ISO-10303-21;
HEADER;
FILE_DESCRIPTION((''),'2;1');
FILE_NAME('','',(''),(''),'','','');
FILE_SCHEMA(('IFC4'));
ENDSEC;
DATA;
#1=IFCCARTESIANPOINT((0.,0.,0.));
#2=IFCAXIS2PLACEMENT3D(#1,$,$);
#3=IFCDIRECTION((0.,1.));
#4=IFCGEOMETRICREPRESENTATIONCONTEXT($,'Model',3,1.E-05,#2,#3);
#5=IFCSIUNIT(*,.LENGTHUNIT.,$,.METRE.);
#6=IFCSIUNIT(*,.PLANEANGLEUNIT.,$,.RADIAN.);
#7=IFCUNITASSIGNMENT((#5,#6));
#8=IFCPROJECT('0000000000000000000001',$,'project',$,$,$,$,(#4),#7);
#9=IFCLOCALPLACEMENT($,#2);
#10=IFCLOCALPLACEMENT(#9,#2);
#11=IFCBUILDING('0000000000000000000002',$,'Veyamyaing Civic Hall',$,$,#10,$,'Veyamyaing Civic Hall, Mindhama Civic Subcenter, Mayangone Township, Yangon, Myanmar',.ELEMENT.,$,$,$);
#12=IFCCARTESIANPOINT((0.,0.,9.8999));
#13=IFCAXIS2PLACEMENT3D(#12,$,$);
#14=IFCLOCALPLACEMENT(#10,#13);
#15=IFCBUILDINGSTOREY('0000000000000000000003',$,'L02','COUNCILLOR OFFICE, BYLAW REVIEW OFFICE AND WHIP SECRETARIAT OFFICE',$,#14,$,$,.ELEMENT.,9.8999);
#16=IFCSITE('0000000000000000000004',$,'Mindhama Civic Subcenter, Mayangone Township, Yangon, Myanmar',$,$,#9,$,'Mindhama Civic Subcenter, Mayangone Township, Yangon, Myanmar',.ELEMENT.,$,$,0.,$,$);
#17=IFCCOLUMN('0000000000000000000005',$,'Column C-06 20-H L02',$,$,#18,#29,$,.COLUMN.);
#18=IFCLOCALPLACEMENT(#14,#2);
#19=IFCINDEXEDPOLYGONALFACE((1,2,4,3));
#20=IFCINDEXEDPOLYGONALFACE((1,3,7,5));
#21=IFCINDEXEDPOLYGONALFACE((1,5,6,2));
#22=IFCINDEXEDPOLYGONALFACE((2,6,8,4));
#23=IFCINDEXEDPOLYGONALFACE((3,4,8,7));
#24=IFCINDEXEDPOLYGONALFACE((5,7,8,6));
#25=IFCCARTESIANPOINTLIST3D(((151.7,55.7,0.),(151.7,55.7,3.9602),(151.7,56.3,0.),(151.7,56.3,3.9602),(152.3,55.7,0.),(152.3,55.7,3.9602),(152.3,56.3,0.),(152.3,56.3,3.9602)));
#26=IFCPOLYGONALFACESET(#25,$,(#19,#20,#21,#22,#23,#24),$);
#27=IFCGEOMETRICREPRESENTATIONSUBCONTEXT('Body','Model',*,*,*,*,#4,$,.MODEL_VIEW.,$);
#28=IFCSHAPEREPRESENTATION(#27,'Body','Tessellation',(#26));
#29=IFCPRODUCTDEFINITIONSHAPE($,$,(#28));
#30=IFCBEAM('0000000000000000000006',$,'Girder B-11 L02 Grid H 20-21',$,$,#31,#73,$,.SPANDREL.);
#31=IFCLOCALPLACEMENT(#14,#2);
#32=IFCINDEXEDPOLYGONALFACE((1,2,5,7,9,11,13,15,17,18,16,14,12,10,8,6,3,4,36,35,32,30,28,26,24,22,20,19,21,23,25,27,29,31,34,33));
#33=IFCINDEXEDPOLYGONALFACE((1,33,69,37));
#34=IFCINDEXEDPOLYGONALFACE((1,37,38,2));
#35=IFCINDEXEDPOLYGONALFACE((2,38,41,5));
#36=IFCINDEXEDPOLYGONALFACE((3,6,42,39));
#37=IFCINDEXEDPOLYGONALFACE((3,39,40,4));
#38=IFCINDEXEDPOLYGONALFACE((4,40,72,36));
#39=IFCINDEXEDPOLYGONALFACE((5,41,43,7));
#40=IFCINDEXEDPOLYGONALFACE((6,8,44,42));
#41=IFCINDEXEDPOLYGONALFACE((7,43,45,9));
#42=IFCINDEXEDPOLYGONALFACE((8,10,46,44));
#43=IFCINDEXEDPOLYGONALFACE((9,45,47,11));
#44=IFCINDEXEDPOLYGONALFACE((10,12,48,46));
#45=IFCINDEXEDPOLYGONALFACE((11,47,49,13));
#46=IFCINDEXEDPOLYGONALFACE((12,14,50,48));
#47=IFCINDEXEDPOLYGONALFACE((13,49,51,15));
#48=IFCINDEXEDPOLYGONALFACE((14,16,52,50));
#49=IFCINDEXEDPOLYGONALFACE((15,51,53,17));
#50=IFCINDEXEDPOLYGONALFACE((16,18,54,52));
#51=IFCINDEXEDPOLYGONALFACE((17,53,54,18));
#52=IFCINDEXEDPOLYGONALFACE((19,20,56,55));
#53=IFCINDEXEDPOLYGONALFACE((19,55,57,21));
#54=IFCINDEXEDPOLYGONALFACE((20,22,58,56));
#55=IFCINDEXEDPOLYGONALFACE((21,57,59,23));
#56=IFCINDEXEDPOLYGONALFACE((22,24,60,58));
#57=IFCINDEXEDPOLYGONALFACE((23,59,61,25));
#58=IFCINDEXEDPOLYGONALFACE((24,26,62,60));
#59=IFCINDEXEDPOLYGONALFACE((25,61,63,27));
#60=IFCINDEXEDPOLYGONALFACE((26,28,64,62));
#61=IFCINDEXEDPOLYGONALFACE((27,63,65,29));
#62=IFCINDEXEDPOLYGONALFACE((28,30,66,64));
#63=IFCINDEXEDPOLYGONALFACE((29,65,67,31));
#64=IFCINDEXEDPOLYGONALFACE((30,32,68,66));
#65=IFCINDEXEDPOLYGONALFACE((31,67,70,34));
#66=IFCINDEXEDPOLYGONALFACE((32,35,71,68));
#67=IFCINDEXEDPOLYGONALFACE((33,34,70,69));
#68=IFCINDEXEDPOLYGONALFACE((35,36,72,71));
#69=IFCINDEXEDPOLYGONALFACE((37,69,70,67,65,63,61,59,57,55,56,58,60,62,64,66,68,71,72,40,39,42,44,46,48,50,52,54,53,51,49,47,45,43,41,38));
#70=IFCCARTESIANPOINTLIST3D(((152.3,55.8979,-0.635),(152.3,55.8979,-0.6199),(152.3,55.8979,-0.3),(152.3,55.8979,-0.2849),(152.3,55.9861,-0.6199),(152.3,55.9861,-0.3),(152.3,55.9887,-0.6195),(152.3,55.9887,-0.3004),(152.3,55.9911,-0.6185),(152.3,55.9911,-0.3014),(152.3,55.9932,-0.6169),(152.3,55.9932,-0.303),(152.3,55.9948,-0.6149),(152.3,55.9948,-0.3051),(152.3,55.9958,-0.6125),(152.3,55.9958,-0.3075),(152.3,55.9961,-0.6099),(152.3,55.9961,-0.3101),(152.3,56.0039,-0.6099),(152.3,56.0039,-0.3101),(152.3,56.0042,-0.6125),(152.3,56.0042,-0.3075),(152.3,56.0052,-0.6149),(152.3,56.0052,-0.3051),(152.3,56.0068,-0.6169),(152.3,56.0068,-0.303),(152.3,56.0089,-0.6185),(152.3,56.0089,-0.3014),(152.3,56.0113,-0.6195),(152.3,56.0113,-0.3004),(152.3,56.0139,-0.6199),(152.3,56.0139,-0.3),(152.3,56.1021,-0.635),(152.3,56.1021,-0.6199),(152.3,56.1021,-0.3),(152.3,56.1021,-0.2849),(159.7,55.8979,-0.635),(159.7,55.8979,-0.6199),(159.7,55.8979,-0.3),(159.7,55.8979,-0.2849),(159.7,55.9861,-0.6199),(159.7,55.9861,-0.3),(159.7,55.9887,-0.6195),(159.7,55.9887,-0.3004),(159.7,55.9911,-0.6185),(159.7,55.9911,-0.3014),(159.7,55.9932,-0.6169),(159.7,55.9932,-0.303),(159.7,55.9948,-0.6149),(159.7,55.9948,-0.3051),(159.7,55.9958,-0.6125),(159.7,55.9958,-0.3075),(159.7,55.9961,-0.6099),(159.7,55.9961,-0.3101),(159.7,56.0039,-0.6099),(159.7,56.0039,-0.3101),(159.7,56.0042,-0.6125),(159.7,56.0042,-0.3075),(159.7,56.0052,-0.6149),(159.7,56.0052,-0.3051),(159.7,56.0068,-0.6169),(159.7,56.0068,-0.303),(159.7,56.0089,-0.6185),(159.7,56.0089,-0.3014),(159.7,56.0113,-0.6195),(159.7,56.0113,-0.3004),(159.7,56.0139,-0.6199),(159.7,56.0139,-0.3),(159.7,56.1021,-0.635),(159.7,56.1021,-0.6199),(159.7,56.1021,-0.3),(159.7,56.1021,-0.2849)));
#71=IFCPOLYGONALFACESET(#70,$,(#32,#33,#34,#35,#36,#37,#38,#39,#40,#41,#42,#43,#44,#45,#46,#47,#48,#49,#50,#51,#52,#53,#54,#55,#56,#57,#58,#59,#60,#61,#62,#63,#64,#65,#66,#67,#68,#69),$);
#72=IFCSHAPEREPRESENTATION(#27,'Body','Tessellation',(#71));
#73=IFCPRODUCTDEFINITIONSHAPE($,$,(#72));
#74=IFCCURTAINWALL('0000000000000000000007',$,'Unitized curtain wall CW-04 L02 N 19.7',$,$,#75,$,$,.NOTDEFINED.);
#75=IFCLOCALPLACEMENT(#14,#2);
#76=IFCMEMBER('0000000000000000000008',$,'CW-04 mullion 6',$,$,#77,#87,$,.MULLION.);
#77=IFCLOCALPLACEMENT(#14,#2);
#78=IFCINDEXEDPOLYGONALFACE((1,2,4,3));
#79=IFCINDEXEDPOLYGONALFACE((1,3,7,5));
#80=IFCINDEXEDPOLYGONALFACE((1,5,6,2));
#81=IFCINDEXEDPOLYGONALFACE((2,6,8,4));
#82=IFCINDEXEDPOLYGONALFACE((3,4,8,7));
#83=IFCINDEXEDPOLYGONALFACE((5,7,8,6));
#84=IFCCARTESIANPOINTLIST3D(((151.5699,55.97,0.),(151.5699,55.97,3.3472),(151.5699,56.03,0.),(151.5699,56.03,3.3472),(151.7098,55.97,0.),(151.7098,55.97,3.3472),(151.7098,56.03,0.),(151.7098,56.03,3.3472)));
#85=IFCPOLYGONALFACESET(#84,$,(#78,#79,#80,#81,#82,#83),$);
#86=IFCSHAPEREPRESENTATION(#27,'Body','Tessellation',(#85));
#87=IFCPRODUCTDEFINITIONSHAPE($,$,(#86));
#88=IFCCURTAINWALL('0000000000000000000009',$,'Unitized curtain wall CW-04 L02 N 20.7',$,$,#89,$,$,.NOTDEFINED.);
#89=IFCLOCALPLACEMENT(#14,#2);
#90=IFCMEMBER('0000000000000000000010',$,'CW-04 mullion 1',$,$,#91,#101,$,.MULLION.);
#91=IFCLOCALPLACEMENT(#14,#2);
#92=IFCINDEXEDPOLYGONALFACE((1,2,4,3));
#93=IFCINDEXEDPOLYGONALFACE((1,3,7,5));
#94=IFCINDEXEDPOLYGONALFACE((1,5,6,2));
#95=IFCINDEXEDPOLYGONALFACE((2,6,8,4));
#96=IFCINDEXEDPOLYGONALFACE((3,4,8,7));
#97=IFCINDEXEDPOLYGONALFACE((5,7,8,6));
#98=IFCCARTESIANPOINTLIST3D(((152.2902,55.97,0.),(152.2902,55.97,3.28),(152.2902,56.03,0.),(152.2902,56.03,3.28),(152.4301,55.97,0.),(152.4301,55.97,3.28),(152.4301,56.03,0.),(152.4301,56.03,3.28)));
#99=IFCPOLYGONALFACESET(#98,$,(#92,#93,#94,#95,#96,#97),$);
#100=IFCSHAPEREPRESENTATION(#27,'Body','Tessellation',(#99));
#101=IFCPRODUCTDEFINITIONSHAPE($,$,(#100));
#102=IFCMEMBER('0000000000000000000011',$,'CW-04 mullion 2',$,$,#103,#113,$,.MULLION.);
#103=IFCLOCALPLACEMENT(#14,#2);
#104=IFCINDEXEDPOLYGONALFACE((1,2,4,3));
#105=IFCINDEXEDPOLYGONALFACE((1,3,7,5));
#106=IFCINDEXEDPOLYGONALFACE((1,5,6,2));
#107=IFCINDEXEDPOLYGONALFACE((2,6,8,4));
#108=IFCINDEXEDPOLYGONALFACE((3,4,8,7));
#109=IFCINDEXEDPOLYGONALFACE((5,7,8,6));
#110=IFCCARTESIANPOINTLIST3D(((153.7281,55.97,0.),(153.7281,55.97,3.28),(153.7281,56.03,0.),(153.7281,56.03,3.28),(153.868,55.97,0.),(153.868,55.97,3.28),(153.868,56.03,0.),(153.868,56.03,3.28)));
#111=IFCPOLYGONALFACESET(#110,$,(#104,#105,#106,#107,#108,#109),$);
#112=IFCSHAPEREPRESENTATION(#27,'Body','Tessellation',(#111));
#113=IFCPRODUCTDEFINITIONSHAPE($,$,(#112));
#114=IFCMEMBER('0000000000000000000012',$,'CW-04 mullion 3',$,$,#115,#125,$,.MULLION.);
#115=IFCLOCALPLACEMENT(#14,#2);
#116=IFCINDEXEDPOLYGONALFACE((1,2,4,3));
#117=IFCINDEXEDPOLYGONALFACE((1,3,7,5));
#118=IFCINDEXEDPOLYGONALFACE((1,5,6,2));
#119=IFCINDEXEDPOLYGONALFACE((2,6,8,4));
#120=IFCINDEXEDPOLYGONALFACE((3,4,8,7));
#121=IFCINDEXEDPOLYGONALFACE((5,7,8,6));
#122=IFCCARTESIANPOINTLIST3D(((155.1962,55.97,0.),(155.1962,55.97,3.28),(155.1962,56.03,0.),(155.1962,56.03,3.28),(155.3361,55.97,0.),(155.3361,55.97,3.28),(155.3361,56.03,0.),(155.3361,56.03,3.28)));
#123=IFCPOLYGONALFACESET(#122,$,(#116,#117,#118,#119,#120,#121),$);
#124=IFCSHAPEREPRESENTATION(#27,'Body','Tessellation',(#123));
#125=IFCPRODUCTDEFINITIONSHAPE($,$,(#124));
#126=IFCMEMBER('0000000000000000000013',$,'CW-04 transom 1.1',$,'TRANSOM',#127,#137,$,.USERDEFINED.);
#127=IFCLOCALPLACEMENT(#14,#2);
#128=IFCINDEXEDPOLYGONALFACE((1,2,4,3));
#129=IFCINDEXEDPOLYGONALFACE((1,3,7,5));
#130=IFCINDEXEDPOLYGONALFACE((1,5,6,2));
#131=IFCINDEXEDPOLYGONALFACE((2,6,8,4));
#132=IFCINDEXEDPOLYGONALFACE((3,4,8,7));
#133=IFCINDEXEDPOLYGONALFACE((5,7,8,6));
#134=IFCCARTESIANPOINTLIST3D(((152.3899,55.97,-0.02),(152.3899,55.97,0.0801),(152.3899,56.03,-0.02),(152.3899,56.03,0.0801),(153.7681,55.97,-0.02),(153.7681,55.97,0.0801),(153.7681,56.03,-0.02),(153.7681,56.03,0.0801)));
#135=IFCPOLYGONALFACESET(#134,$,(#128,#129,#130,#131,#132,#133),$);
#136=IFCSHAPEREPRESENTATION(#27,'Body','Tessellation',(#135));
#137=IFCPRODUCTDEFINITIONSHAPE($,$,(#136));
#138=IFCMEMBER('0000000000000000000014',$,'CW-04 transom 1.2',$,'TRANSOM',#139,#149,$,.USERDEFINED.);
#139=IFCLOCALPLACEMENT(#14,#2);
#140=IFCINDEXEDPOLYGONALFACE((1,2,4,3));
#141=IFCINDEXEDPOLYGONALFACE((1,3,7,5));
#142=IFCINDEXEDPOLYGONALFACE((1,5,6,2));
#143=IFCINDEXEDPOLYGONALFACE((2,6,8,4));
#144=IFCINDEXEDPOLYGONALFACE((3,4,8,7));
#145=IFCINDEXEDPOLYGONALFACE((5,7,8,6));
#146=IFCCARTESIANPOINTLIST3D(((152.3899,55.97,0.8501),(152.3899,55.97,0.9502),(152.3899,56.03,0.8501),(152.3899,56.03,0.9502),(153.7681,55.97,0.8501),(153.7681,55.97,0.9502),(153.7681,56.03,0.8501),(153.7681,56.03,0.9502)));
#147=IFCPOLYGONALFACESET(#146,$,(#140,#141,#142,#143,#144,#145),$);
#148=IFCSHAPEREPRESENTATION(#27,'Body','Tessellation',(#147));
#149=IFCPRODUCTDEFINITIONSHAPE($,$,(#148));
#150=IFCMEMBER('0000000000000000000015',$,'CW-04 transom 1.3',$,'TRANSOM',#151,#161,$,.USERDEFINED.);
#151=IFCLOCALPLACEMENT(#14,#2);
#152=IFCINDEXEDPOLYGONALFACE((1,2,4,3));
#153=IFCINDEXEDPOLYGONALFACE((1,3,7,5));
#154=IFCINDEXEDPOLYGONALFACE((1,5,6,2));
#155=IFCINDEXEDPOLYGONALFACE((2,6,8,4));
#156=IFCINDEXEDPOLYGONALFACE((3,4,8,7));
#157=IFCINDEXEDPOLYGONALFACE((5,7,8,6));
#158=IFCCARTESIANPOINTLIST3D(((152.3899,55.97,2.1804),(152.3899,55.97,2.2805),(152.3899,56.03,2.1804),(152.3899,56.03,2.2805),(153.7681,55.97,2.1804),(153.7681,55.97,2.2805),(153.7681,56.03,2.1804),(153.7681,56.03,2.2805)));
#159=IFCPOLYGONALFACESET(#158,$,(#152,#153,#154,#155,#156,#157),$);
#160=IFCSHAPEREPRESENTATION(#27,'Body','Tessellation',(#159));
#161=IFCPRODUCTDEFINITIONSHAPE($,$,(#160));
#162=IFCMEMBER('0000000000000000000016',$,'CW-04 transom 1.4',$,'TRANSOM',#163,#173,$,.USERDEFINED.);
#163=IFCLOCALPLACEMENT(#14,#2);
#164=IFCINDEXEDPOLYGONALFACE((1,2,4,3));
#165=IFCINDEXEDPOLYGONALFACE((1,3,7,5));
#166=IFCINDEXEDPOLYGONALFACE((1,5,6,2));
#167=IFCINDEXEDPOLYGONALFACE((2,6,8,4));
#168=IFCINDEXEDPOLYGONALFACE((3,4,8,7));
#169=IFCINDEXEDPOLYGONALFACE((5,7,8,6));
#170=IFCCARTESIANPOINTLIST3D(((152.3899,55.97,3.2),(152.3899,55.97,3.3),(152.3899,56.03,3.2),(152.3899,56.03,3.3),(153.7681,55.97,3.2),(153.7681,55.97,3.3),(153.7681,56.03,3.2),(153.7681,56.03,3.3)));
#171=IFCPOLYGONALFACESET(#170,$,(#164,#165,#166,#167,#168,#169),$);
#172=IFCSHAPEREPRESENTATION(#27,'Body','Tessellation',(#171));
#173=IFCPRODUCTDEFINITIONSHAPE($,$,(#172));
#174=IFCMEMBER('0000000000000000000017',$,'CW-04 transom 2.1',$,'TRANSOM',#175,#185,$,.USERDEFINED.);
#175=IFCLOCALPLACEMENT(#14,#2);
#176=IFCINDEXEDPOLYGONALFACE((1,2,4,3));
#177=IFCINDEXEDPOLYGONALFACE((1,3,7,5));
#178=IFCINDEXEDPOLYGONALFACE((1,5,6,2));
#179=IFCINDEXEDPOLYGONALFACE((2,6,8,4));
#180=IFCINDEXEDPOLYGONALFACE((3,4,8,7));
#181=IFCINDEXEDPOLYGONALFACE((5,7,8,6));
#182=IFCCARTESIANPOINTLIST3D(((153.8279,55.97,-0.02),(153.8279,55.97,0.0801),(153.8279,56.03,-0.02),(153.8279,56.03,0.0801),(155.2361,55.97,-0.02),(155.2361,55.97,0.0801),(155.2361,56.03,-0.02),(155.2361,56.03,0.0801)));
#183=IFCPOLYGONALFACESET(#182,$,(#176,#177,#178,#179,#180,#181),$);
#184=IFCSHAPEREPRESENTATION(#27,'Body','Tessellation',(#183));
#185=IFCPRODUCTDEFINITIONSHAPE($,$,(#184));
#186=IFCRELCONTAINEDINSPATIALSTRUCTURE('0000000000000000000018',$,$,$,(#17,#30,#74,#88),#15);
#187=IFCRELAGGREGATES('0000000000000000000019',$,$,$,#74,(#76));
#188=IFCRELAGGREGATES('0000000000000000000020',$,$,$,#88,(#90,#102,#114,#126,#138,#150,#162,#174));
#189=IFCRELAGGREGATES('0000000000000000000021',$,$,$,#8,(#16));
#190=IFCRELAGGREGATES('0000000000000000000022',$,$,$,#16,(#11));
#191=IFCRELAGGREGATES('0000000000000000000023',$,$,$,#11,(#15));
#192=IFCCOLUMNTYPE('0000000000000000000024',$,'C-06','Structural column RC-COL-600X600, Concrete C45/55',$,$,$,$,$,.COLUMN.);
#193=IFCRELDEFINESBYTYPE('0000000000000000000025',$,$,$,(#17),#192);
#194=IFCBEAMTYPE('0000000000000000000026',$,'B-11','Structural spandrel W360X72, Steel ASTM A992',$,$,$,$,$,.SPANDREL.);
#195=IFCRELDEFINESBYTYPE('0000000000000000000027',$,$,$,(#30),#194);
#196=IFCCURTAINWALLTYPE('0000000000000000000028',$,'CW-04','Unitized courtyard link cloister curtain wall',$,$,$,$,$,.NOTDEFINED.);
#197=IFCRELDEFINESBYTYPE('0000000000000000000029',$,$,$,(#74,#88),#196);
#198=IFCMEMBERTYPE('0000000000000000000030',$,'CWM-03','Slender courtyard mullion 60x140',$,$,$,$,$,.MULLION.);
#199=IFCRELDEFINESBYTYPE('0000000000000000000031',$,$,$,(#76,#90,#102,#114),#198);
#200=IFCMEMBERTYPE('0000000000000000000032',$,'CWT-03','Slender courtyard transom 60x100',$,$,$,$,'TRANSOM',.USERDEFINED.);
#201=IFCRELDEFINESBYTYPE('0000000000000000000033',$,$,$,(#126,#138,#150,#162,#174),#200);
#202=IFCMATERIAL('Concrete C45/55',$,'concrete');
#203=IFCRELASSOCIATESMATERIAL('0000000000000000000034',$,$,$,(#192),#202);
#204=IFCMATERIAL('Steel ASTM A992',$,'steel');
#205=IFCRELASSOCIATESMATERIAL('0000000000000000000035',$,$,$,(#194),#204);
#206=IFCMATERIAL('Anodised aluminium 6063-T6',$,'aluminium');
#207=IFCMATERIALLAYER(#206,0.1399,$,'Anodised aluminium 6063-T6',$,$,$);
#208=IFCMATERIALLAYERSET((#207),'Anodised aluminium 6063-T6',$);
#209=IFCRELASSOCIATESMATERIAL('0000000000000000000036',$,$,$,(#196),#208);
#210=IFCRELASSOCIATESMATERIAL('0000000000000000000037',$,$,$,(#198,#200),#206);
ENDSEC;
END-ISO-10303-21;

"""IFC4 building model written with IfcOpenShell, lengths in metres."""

from ifc_helpers import new_model, si_unit, direction, frame, origin, origin_2d, place, context, subcontext, project, spatial, rectangle, i_section, extrude, material, layer, layer_set, material_profile, profile_set, type_object, element, aggregate, save


model = new_model("IFC4")

# Units and contexts
model_context = context("Model", 3, precision=1e-05, world=origin(), true_north=direction((0.0, 1.0)))
body_context = subcontext(model_context, "Body", "Model", "MODEL_VIEW")
ifc_project = project(units=[si_unit("LENGTHUNIT", "METRE"), si_unit("PLANEANGLEUNIT", "RADIAN")], contexts=[model_context])

# Site, building, storey
site_placement = place(None, origin())
site = spatial("IfcSite", under=ifc_project, at=site_placement, Name="Mindhama Civic Subcenter, Mayangone Township, Yangon, Myanmar", LongName="Mindhama Civic Subcenter, Mayangone Township, Yangon, Myanmar", CompositionType="ELEMENT", RefElevation=0.0)
building_placement = place(site_placement, origin())
building = spatial("IfcBuilding", under=site, at=building_placement, Name="Veyamyaing Civic Hall", LongName="Veyamyaing Civic Hall, Mindhama Civic Subcenter, Mayangone Township, Yangon, Myanmar", CompositionType="ELEMENT")
storey_placement = place(building_placement, frame((0.0, 0.0, 9.8999)))
storey = spatial("IfcBuildingStorey", under=building, at=storey_placement, Name="L02", Description="COUNCILLOR OFFICE, BYLAW REVIEW OFFICE AND WHIP SECRETARIAT OFFICE", CompositionType="ELEMENT", Elevation=9.8999)

# Column
ifc_material_1 = material(Name="Concrete C45/55", Category="concrete")
ifc_material_profile_1 = material_profile(ifc_material_1, rectangle(XDim=0.6001, YDim=0.6001, at=origin_2d()), Name="RC-COL-600X600")
ifc_profile_set_1 = profile_set([ifc_material_profile_1], Name="Concrete C45/55")
column_type = type_object("IfcColumnType", Name="C-06", Description="Structural column RC-COL-600X600, Concrete C45/55", PredefinedType="COLUMN", material=ifc_profile_set_1)
column_placement = place(storey_placement, frame((152.0, 56.0, 0.0), z_axis=(0.0, 0.0, 1.0), x_axis=(1.0, 0.0, 0.0)))
element("IfcColumn", 1, at=column_placement, inside=storey, type_object=column_type, Name="Column C-06 20-H L02", PredefinedType="COLUMN", context=body_context, shape_type="SweptSolid", body=[
    extrude(rectangle(XDim=0.6001, YDim=0.6001, at=origin_2d()), origin(), (0.0, 0.0, 1.0), 3.9602),
])

# Beam
ifc_material_2 = material(Name="Steel ASTM A992", Category="steel")
ifc_material_profile_2 = material_profile(ifc_material_2, i_section(OverallWidth=0.2041, OverallDepth=0.3501, WebThickness=0.0078, FlangeThickness=0.0151, FilletRadius=0.01, at=origin_2d()), Name="W360X72")
ifc_profile_set_2 = profile_set([ifc_material_profile_2], Name="Steel ASTM A992")
beam_type = type_object("IfcBeamType", Name="B-11", Description="Structural spandrel W360X72, Steel ASTM A992", PredefinedType="SPANDREL", material=ifc_profile_set_2)
beam_placement = place(storey_placement, frame((152.3, 56.0, -0.46), z_axis=(1.0, 0.0, 0.0), x_axis=(0.0, 1.0, 0.0)))
element("IfcBeam", 2, at=beam_placement, inside=storey, type_object=beam_type, Name="Girder B-11 L02 Grid H 20-21", PredefinedType="SPANDREL", context=body_context, shape_type="SweptSolid", body=[
    extrude(i_section(OverallWidth=0.2041, OverallDepth=0.3501, WebThickness=0.0078, FlangeThickness=0.0151, FilletRadius=0.01, at=origin_2d()), origin(), (0.0, 0.0, 1.0), 7.3999),
])

# Curtain wall, member
ifc_material_3 = material(Name="Anodised aluminium 6063-T6", Category="aluminium")
ifc_layer_1 = layer(ifc_material_3, 0.1399, Name="Anodised aluminium 6063-T6")
ifc_layer_set_1 = layer_set([ifc_layer_1], Name="Anodised aluminium 6063-T6")
curtain_wall_type = type_object("IfcCurtainWallType", Name="CW-04", Description="Unitized courtyard link cloister curtain wall", PredefinedType="NOTDEFINED", material=ifc_layer_set_1)
curtain_wall_1_placement = place(storey_placement, origin())
curtain_wall_1 = element("IfcCurtainWall", 3, at=curtain_wall_1_placement, inside=storey, type_object=curtain_wall_type, Name="Unitized curtain wall CW-04 L02 N 19.7", PredefinedType="NOTDEFINED")
ifc_material_profile_3 = material_profile(ifc_material_3, rectangle(XDim=0.0601, YDim=0.1399, at=origin_2d()), Name="ALU-MUL-60X140")
ifc_profile_set_3 = profile_set([ifc_material_profile_3], Name="Anodised aluminium 6063-T6")
member_type_1 = type_object("IfcMemberType", Name="CWM-03", Description="Slender courtyard mullion 60x140", PredefinedType="MULLION", material=ifc_profile_set_3)
member_1_placement = place(storey_placement, frame((151.6399, 56.0, 0.0), z_axis=(0.0, 0.0, 1.0), x_axis=(0.0, 1.0, 0.0)))
member_1 = element("IfcMember", 4, at=member_1_placement, type_object=member_type_1, Name="CW-04 mullion 6", PredefinedType="MULLION", context=body_context, shape_type="SweptSolid", body=[
    extrude(rectangle(XDim=0.0601, YDim=0.1399, at=origin_2d()), origin(), (0.0, 0.0, 1.0), 3.3472),
])
aggregate(curtain_wall_1, [member_1])

# Curtain wall, members
curtain_wall_2_placement = place(storey_placement, origin())
curtain_wall_2 = element("IfcCurtainWall", 5, at=curtain_wall_2_placement, inside=storey, type_object=curtain_wall_type, Name="Unitized curtain wall CW-04 L02 N 20.7", PredefinedType="NOTDEFINED")
member_2_placement = place(storey_placement, frame((152.3601, 56.0, 0.0), z_axis=(0.0, 0.0, 1.0), x_axis=(0.0, 1.0, 0.0)))
member_2 = element("IfcMember", 6, at=member_2_placement, type_object=member_type_1, Name="CW-04 mullion 1", PredefinedType="MULLION", context=body_context, shape_type="SweptSolid", body=[
    extrude(rectangle(XDim=0.0601, YDim=0.1399, at=origin_2d()), origin(), (0.0, 0.0, 1.0), 3.28),
])
member_3_placement = place(storey_placement, frame((153.7981, 56.0, 0.0), z_axis=(0.0, 0.0, 1.0), x_axis=(0.0, 1.0, 0.0)))
member_3 = element("IfcMember", 7, at=member_3_placement, type_object=member_type_1, Name="CW-04 mullion 2", PredefinedType="MULLION", context=body_context, shape_type="SweptSolid", body=[
    extrude(rectangle(XDim=0.0601, YDim=0.1399, at=origin_2d()), origin(), (0.0, 0.0, 1.0), 3.28),
])
member_4_placement = place(storey_placement, frame((155.2661, 56.0, 0.0), z_axis=(0.0, 0.0, 1.0), x_axis=(0.0, 1.0, 0.0)))
member_4 = element("IfcMember", 8, at=member_4_placement, type_object=member_type_1, Name="CW-04 mullion 3", PredefinedType="MULLION", context=body_context, shape_type="SweptSolid", body=[
    extrude(rectangle(XDim=0.0601, YDim=0.1399, at=origin_2d()), origin(), (0.0, 0.0, 1.0), 3.28),
])
ifc_material_profile_4 = material_profile(ifc_material_3, rectangle(XDim=0.0601, YDim=0.1001, at=origin_2d()), Name="ALU-TRN-60X100")
ifc_profile_set_4 = profile_set([ifc_material_profile_4], Name="Anodised aluminium 6063-T6")
member_type_2 = type_object("IfcMemberType", Name="CWT-03", Description="Slender courtyard transom 60x100", ElementType="TRANSOM", PredefinedType="USERDEFINED", material=ifc_profile_set_4)
member_5_placement = place(storey_placement, frame((152.3899, 56.0, 0.03), z_axis=(1.0, 0.0, 0.0), x_axis=(0.0, 1.0, 0.0)))
member_5 = element("IfcMember", 9, at=member_5_placement, type_object=member_type_2, Name="CW-04 transom 1.1", ObjectType="TRANSOM", PredefinedType="USERDEFINED", context=body_context, shape_type="SweptSolid", body=[
    extrude(rectangle(XDim=0.0601, YDim=0.1001, at=origin_2d()), origin(), (0.0, 0.0, 1.0), 1.3782),
])
member_6_placement = place(storey_placement, frame((152.3899, 56.0, 0.9001), z_axis=(1.0, 0.0, 0.0), x_axis=(0.0, 1.0, 0.0)))
member_6 = element("IfcMember", 10, at=member_6_placement, type_object=member_type_2, Name="CW-04 transom 1.2", ObjectType="TRANSOM", PredefinedType="USERDEFINED", context=body_context, shape_type="SweptSolid", body=[
    extrude(rectangle(XDim=0.0601, YDim=0.1001, at=origin_2d()), origin(), (0.0, 0.0, 1.0), 1.3782),
])
member_7_placement = place(storey_placement, frame((152.3899, 56.0, 2.2305), z_axis=(1.0, 0.0, 0.0), x_axis=(0.0, 1.0, 0.0)))
member_7 = element("IfcMember", 11, at=member_7_placement, type_object=member_type_2, Name="CW-04 transom 1.3", ObjectType="TRANSOM", PredefinedType="USERDEFINED", context=body_context, shape_type="SweptSolid", body=[
    extrude(rectangle(XDim=0.0601, YDim=0.1001, at=origin_2d()), origin(), (0.0, 0.0, 1.0), 1.3782),
])
member_8_placement = place(storey_placement, frame((152.3899, 56.0, 3.25), z_axis=(1.0, 0.0, 0.0), x_axis=(0.0, 1.0, 0.0)))
member_8 = element("IfcMember", 12, at=member_8_placement, type_object=member_type_2, Name="CW-04 transom 1.4", ObjectType="TRANSOM", PredefinedType="USERDEFINED", context=body_context, shape_type="SweptSolid", body=[
    extrude(rectangle(XDim=0.0601, YDim=0.1001, at=origin_2d()), origin(), (0.0, 0.0, 1.0), 1.3782),
])
member_9_placement = place(storey_placement, frame((153.8279, 56.0, 0.03), z_axis=(1.0, 0.0, 0.0), x_axis=(0.0, 1.0, 0.0)))
member_9 = element("IfcMember", 13, at=member_9_placement, type_object=member_type_2, Name="CW-04 transom 2.1", ObjectType="TRANSOM", PredefinedType="USERDEFINED", context=body_context, shape_type="SweptSolid", body=[
    extrude(rectangle(XDim=0.0601, YDim=0.1001, at=origin_2d()), origin(), (0.0, 0.0, 1.0), 1.4082),
])
aggregate(curtain_wall_2, [member_2, member_3, member_4, member_5, member_6, member_7, member_8, member_9])

save(model, "model.ifc")
